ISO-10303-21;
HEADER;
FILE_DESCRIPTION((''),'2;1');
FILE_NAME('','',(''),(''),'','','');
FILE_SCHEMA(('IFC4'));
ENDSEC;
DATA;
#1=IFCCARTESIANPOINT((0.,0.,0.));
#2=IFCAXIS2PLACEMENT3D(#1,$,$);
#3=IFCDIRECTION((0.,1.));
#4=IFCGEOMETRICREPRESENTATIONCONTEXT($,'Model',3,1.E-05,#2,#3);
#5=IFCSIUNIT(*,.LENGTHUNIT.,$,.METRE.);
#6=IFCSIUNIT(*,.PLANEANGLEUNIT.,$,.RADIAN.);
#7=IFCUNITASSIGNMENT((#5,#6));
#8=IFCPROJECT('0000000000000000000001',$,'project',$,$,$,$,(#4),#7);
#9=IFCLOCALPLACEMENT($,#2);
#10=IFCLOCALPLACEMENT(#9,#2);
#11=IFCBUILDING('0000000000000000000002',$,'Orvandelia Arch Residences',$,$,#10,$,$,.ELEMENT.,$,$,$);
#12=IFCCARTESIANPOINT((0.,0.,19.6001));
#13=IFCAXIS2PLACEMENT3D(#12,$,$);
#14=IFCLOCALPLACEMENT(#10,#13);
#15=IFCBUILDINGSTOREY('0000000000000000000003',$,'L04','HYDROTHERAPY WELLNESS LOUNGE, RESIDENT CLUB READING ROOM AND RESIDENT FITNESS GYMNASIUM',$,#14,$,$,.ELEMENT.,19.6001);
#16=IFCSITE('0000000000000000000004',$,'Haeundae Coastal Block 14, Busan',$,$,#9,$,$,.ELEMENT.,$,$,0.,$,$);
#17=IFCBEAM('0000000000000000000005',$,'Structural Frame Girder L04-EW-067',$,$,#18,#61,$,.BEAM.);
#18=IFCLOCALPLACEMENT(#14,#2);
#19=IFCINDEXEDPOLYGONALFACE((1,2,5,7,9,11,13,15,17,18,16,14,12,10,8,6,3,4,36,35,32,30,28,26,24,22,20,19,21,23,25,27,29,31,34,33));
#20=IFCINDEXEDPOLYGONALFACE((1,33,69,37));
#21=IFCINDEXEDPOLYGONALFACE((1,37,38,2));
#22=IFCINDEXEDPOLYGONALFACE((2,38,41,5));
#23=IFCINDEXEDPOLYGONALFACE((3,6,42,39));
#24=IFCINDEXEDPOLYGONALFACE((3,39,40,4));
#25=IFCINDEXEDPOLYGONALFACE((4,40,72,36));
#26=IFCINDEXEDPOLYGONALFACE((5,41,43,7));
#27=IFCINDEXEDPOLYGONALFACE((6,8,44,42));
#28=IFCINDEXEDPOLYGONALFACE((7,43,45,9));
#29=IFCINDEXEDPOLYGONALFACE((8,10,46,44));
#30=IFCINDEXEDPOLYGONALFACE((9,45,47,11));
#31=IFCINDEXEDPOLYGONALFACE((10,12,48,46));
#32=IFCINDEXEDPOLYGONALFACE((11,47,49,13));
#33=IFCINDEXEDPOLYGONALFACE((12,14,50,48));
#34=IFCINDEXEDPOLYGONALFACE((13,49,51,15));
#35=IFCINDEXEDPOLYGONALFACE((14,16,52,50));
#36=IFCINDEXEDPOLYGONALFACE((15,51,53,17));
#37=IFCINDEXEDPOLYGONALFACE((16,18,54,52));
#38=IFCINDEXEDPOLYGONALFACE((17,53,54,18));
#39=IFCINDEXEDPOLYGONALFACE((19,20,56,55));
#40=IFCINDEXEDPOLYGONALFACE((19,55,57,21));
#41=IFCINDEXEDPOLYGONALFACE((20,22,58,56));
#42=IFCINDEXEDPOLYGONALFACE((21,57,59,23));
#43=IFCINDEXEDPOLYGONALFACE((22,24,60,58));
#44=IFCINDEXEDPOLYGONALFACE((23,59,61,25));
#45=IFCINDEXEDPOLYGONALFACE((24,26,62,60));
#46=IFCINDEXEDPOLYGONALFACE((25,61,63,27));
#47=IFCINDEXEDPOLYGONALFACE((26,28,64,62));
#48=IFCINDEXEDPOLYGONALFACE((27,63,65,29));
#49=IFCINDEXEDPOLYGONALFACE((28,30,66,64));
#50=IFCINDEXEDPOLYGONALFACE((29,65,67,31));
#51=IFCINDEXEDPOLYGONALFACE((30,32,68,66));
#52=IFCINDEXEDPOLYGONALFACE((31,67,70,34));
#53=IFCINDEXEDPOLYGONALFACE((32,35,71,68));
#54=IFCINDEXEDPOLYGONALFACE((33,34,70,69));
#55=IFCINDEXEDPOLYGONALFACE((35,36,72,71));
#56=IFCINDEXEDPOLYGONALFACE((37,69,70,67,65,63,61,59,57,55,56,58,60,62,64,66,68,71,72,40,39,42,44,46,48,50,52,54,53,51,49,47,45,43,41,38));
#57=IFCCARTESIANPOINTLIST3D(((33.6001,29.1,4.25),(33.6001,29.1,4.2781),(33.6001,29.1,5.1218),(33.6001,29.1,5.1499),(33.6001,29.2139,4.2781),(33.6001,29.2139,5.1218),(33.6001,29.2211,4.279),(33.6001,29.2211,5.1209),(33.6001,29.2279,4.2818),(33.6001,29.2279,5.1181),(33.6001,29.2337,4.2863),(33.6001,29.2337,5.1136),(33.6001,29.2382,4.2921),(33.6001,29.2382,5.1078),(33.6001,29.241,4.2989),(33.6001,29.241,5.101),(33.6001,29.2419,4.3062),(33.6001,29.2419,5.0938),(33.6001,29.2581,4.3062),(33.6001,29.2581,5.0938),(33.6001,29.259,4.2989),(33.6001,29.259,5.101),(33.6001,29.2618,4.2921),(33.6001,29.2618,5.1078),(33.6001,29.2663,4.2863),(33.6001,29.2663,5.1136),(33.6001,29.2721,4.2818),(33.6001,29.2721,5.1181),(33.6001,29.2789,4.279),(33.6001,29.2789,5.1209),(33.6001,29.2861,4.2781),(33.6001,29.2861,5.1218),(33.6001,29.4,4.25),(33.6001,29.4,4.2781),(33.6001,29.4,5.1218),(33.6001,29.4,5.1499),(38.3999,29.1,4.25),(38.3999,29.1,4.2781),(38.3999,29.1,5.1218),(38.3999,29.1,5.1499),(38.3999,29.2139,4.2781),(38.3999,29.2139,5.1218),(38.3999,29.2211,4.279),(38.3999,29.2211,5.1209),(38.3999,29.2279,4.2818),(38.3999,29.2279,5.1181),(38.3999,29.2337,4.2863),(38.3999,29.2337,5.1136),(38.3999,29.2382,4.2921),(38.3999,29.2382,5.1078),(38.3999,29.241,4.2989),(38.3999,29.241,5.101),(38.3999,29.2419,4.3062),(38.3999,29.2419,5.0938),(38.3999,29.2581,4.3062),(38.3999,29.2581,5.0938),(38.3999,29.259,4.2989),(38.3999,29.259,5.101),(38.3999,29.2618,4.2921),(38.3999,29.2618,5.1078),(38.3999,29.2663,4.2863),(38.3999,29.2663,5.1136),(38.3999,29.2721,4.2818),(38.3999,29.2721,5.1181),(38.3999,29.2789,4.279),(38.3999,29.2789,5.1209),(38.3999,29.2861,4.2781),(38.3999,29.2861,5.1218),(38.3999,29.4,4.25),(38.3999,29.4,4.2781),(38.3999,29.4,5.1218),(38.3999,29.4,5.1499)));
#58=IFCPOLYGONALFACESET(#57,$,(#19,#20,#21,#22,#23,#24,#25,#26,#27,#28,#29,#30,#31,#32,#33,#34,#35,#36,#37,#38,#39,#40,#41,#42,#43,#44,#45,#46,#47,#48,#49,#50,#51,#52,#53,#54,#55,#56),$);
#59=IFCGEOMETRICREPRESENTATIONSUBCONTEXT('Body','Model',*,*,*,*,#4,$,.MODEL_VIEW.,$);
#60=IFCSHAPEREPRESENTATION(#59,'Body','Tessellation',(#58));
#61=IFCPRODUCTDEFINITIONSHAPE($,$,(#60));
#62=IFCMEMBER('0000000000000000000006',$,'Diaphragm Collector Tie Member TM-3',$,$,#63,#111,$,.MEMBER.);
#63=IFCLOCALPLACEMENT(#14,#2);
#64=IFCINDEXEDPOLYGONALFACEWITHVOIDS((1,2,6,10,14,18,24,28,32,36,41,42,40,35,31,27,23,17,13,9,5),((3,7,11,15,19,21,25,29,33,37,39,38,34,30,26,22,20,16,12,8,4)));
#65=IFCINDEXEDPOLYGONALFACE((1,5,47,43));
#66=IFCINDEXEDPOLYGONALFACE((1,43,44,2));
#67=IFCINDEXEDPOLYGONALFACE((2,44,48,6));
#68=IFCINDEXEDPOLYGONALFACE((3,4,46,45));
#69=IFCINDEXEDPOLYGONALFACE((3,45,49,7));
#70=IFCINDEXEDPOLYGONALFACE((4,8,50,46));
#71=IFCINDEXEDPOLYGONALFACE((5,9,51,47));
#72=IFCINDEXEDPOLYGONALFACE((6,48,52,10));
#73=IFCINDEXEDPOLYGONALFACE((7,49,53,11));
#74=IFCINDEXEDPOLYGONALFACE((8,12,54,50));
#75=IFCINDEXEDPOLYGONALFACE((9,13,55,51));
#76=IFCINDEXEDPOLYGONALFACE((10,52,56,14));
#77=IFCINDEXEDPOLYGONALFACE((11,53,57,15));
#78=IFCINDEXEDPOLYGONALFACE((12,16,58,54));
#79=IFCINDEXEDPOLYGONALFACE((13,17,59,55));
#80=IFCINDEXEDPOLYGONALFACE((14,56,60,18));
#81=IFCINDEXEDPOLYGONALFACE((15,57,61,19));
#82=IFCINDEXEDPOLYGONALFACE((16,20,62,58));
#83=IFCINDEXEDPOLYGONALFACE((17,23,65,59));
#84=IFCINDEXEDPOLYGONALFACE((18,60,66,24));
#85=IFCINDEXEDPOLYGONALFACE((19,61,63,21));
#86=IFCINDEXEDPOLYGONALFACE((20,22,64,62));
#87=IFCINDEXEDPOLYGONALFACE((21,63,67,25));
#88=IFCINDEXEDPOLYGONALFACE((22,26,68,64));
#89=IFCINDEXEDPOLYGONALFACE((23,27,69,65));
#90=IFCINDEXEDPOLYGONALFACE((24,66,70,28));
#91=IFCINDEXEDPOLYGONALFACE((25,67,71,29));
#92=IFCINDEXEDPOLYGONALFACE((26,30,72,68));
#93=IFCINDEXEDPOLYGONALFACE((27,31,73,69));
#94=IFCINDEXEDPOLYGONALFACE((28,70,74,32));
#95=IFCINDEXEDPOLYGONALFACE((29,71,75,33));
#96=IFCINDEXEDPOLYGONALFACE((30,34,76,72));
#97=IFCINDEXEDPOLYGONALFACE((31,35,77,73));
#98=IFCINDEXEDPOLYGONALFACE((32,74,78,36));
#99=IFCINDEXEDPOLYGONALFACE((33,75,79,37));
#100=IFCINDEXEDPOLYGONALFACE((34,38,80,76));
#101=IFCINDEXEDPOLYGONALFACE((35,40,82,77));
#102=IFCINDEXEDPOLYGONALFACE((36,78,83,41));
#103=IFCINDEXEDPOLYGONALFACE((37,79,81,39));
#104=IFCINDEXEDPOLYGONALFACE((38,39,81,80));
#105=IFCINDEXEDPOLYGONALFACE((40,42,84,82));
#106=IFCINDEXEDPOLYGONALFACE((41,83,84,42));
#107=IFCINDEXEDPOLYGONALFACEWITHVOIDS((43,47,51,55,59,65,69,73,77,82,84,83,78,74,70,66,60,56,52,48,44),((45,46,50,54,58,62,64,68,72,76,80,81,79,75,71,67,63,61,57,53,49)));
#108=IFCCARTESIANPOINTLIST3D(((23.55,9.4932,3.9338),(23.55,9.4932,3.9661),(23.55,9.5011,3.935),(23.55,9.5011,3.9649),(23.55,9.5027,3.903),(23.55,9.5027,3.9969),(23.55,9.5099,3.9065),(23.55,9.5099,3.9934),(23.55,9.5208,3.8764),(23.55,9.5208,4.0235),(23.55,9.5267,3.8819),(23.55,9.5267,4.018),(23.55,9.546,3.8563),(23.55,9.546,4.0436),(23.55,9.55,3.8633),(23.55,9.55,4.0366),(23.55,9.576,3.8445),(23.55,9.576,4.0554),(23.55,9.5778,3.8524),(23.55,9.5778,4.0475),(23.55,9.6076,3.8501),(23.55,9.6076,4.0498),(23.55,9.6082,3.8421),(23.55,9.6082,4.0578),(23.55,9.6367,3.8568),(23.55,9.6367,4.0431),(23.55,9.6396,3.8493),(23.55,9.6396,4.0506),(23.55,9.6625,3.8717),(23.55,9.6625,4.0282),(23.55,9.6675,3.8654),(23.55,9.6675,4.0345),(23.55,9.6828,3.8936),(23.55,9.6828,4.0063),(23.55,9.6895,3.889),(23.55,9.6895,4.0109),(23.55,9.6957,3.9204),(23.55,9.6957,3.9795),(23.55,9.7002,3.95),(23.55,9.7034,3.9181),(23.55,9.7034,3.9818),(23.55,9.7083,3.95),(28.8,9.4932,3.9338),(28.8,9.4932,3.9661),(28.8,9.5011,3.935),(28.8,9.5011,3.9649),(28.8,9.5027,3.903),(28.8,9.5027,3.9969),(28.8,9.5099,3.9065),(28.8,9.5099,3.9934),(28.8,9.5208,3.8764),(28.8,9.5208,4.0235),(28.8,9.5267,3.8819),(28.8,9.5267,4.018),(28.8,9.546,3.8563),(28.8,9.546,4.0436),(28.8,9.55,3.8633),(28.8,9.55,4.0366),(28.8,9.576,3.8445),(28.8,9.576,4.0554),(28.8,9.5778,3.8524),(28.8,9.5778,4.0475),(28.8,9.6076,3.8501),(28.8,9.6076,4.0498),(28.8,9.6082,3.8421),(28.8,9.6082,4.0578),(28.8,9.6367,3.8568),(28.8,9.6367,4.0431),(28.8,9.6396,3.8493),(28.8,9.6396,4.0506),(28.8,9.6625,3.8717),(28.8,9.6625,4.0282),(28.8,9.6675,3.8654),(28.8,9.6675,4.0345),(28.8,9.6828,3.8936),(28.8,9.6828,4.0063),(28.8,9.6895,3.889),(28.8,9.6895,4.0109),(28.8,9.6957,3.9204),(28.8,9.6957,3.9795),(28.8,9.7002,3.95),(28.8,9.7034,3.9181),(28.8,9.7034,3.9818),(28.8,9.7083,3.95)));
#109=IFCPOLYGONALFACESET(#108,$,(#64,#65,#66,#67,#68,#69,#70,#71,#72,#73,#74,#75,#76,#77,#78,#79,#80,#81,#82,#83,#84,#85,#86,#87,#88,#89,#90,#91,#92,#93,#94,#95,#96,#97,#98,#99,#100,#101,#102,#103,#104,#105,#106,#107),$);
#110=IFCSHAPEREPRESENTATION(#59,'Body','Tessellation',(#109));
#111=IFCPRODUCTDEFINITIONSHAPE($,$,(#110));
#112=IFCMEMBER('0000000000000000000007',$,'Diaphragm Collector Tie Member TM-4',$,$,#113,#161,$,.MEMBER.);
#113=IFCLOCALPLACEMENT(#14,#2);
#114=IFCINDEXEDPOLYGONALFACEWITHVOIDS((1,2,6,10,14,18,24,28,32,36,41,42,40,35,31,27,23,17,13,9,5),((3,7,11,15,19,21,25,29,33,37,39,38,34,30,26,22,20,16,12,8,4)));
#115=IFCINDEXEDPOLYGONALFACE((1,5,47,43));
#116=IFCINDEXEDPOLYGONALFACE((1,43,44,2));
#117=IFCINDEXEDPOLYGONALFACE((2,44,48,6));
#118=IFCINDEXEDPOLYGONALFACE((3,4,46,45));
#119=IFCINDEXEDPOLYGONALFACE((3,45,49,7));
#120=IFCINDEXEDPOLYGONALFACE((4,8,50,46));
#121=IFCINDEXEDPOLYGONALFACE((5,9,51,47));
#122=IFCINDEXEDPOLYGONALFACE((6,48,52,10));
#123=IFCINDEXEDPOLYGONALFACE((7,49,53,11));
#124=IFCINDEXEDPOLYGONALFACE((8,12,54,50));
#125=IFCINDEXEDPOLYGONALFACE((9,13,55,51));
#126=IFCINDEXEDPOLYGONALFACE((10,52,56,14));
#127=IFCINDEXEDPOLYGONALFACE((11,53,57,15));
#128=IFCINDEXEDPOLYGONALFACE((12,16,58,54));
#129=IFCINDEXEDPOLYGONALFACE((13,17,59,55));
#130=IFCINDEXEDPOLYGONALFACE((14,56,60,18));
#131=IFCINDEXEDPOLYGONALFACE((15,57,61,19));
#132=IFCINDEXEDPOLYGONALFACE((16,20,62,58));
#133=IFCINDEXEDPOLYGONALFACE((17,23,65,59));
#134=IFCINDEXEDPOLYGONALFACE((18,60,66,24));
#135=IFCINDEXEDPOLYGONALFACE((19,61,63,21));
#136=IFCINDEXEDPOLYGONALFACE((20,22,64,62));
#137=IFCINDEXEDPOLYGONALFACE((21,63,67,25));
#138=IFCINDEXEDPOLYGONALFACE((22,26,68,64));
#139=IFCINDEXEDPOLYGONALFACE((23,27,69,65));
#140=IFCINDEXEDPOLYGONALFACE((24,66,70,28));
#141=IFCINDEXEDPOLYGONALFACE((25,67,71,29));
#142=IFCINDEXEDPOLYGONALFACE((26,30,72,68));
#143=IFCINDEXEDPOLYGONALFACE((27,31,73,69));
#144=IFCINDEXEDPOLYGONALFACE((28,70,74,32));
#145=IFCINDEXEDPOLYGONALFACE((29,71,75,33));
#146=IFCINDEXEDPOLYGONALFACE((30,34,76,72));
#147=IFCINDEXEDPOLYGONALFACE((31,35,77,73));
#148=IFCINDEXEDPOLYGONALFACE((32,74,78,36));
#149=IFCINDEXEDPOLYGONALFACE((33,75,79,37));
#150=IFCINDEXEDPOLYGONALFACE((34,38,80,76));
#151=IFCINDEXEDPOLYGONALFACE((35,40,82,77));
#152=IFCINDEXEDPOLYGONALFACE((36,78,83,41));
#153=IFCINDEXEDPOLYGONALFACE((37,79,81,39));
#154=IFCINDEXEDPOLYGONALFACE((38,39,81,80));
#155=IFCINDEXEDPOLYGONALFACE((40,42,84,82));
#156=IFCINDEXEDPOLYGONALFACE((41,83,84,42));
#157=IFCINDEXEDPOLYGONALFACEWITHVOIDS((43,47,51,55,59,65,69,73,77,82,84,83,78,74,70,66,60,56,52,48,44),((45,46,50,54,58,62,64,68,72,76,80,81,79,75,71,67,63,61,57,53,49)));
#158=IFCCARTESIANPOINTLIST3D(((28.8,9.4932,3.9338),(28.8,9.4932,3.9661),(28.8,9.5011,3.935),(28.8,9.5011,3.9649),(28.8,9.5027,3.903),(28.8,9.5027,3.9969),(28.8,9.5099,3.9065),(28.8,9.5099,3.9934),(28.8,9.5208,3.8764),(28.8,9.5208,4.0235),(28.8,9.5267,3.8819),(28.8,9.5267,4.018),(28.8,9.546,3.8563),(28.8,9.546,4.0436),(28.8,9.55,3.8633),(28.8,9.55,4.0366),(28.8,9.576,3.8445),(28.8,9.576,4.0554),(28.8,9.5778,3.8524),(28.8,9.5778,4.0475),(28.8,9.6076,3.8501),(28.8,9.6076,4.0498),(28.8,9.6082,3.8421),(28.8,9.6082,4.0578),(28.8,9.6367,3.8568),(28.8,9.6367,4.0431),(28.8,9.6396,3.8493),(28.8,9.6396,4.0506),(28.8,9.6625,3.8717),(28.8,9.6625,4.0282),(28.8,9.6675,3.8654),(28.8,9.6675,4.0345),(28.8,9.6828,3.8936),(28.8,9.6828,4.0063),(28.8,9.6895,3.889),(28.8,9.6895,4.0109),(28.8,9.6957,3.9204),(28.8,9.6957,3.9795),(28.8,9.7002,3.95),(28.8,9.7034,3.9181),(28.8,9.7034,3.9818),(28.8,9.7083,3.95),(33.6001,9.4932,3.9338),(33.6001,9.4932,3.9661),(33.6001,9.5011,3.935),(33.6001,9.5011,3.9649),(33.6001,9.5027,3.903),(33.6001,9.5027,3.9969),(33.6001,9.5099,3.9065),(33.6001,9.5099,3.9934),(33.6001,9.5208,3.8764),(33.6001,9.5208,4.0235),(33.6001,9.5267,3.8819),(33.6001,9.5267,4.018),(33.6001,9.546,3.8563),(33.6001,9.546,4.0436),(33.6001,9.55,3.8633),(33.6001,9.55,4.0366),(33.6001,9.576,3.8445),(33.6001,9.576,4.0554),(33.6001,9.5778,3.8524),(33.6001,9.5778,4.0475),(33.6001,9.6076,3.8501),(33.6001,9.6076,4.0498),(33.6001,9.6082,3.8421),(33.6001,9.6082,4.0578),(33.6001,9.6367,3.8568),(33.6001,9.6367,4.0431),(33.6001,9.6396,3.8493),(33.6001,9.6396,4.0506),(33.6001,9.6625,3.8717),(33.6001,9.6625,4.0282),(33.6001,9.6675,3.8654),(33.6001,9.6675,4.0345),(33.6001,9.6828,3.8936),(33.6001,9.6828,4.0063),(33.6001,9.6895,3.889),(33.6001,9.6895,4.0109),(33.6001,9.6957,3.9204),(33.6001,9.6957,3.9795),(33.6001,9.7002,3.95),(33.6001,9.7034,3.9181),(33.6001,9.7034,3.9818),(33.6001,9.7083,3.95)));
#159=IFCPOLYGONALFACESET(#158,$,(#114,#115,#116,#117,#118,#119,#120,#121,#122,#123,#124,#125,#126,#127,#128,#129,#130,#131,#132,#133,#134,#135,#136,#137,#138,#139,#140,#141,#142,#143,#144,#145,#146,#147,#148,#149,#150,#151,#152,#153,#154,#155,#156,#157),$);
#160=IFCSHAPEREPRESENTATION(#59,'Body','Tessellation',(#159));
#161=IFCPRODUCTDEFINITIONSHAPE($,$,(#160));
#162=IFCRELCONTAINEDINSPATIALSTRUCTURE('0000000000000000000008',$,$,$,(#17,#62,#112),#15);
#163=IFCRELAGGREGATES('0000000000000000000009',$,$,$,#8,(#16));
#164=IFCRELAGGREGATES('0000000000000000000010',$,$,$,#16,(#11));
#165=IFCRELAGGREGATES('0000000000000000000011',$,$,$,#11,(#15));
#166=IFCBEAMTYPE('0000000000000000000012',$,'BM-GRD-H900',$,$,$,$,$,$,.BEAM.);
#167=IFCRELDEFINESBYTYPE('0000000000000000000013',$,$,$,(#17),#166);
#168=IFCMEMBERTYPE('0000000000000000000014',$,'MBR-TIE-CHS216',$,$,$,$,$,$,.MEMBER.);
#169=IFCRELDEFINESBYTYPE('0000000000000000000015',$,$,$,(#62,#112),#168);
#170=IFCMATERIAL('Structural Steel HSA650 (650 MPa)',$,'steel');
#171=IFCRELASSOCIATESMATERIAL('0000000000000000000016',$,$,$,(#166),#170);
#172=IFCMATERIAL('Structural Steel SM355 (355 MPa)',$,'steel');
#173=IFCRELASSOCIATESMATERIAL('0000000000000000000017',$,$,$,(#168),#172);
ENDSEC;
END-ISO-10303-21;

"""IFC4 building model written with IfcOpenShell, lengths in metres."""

from ifc_helpers import new_model, si_unit, direction, frame, origin, origin_2d, place, context, subcontext, project, spatial, hollow_circle, i_section, extrude, material, material_profile, profile_set, type_object, element, save


model = new_model("IFC4")

# Units and contexts
model_context = context("Model", 3, precision=1e-05, world=origin(), true_north=direction((0.0, 1.0)))
body_context = subcontext(model_context, "Body", "Model", "MODEL_VIEW")
ifc_project = project(units=[si_unit("LENGTHUNIT", "METRE"), si_unit("PLANEANGLEUNIT", "RADIAN")], contexts=[model_context])

# Site, building, storey
site_placement = place(None, origin())
site = spatial("IfcSite", under=ifc_project, at=site_placement, Name="Haeundae Coastal Block 14, Busan", CompositionType="ELEMENT", RefElevation=0.0)
building_placement = place(site_placement, origin())
building = spatial("IfcBuilding", under=site, at=building_placement, Name="Orvandelia Arch Residences", CompositionType="ELEMENT")
storey_placement = place(building_placement, frame((0.0, 0.0, 19.6001)))
storey = spatial("IfcBuildingStorey", under=building, at=storey_placement, Name="L04", Description="HYDROTHERAPY WELLNESS LOUNGE, RESIDENT CLUB READING ROOM AND RESIDENT FITNESS GYMNASIUM", CompositionType="ELEMENT", Elevation=19.6001)

# Shared definitions
ifc_material_1 = material(Name="Structural Steel HSA650 (650 MPa)", Category="steel")

# Beam
ifc_material_profile_1 = material_profile(ifc_material_1, i_section(OverallWidth=0.3, OverallDepth=0.8999, WebThickness=0.0161, FlangeThickness=0.0281, FilletRadius=0.0281, at=origin_2d()), Name="Structural Steel HSA650 (650 MPa)", Category="steel")
ifc_profile_set_1 = profile_set([ifc_material_profile_1], Name="Structural Steel HSA650 (650 MPa)")
beam_type = type_object("IfcBeamType", Name="BM-GRD-H900", PredefinedType="BEAM", material=ifc_profile_set_1)
beam_1_placement = place(storey_placement, frame((33.6001, 29.25, 4.7), z_axis=(1.0, 0.0, 0.0), x_axis=(0.0, 1.0, 0.0)))
element("IfcBeam", 1, at=beam_1_placement, inside=storey, type_object=beam_type, Name="Structural Frame Girder L04-EW-067", PredefinedType="BEAM", context=body_context, shape_type="SweptSolid", body=[
    extrude(i_section(OverallWidth=0.3, OverallDepth=0.8999, WebThickness=0.0161, FlangeThickness=0.0281, FilletRadius=0.0281, at=origin_2d()), origin(), (0.0, 0.0, 1.0), 4.7998),
])

# Members
ifc_material_2 = material(Name="Structural Steel SM355 (355 MPa)", Category="steel")
ifc_material_profile_2 = material_profile(ifc_material_2, hollow_circle(Radius=0.1082, WallThickness=0.0081, at=origin_2d()), Name="Structural Steel SM355 (355 MPa)", Category="steel")
ifc_profile_set_2 = profile_set([ifc_material_profile_2], Name="Structural Steel SM355 (355 MPa)")
member_type = type_object("IfcMemberType", Name="MBR-TIE-CHS216", PredefinedType="MEMBER", material=ifc_profile_set_2)
member_1_placement = place(storey_placement, frame((23.55, 9.6001, 3.95), z_axis=(1.0, 0.0, 0.0), x_axis=(0.0, 1.0, 0.0)))
element("IfcMember", 2, at=member_1_placement, inside=storey, type_object=member_type, Name="Diaphragm Collector Tie Member TM-3", PredefinedType="MEMBER", context=body_context, shape_type="SweptSolid", body=[
    extrude(hollow_circle(Radius=0.1082, WallThickness=0.0081, at=origin_2d()), origin(), (0.0, 0.0, 1.0), 5.25),
])
member_2_placement = place(storey_placement, frame((28.8, 9.6001, 3.95), z_axis=(1.0, 0.0, 0.0), x_axis=(0.0, 1.0, 0.0)))
element("IfcMember", 3, at=member_2_placement, inside=storey, type_object=member_type, Name="Diaphragm Collector Tie Member TM-4", PredefinedType="MEMBER", context=body_context, shape_type="SweptSolid", body=[
    extrude(hollow_circle(Radius=0.1082, WallThickness=0.0081, at=origin_2d()), origin(), (0.0, 0.0, 1.0), 4.8),
])

save(model, "model.ifc")
